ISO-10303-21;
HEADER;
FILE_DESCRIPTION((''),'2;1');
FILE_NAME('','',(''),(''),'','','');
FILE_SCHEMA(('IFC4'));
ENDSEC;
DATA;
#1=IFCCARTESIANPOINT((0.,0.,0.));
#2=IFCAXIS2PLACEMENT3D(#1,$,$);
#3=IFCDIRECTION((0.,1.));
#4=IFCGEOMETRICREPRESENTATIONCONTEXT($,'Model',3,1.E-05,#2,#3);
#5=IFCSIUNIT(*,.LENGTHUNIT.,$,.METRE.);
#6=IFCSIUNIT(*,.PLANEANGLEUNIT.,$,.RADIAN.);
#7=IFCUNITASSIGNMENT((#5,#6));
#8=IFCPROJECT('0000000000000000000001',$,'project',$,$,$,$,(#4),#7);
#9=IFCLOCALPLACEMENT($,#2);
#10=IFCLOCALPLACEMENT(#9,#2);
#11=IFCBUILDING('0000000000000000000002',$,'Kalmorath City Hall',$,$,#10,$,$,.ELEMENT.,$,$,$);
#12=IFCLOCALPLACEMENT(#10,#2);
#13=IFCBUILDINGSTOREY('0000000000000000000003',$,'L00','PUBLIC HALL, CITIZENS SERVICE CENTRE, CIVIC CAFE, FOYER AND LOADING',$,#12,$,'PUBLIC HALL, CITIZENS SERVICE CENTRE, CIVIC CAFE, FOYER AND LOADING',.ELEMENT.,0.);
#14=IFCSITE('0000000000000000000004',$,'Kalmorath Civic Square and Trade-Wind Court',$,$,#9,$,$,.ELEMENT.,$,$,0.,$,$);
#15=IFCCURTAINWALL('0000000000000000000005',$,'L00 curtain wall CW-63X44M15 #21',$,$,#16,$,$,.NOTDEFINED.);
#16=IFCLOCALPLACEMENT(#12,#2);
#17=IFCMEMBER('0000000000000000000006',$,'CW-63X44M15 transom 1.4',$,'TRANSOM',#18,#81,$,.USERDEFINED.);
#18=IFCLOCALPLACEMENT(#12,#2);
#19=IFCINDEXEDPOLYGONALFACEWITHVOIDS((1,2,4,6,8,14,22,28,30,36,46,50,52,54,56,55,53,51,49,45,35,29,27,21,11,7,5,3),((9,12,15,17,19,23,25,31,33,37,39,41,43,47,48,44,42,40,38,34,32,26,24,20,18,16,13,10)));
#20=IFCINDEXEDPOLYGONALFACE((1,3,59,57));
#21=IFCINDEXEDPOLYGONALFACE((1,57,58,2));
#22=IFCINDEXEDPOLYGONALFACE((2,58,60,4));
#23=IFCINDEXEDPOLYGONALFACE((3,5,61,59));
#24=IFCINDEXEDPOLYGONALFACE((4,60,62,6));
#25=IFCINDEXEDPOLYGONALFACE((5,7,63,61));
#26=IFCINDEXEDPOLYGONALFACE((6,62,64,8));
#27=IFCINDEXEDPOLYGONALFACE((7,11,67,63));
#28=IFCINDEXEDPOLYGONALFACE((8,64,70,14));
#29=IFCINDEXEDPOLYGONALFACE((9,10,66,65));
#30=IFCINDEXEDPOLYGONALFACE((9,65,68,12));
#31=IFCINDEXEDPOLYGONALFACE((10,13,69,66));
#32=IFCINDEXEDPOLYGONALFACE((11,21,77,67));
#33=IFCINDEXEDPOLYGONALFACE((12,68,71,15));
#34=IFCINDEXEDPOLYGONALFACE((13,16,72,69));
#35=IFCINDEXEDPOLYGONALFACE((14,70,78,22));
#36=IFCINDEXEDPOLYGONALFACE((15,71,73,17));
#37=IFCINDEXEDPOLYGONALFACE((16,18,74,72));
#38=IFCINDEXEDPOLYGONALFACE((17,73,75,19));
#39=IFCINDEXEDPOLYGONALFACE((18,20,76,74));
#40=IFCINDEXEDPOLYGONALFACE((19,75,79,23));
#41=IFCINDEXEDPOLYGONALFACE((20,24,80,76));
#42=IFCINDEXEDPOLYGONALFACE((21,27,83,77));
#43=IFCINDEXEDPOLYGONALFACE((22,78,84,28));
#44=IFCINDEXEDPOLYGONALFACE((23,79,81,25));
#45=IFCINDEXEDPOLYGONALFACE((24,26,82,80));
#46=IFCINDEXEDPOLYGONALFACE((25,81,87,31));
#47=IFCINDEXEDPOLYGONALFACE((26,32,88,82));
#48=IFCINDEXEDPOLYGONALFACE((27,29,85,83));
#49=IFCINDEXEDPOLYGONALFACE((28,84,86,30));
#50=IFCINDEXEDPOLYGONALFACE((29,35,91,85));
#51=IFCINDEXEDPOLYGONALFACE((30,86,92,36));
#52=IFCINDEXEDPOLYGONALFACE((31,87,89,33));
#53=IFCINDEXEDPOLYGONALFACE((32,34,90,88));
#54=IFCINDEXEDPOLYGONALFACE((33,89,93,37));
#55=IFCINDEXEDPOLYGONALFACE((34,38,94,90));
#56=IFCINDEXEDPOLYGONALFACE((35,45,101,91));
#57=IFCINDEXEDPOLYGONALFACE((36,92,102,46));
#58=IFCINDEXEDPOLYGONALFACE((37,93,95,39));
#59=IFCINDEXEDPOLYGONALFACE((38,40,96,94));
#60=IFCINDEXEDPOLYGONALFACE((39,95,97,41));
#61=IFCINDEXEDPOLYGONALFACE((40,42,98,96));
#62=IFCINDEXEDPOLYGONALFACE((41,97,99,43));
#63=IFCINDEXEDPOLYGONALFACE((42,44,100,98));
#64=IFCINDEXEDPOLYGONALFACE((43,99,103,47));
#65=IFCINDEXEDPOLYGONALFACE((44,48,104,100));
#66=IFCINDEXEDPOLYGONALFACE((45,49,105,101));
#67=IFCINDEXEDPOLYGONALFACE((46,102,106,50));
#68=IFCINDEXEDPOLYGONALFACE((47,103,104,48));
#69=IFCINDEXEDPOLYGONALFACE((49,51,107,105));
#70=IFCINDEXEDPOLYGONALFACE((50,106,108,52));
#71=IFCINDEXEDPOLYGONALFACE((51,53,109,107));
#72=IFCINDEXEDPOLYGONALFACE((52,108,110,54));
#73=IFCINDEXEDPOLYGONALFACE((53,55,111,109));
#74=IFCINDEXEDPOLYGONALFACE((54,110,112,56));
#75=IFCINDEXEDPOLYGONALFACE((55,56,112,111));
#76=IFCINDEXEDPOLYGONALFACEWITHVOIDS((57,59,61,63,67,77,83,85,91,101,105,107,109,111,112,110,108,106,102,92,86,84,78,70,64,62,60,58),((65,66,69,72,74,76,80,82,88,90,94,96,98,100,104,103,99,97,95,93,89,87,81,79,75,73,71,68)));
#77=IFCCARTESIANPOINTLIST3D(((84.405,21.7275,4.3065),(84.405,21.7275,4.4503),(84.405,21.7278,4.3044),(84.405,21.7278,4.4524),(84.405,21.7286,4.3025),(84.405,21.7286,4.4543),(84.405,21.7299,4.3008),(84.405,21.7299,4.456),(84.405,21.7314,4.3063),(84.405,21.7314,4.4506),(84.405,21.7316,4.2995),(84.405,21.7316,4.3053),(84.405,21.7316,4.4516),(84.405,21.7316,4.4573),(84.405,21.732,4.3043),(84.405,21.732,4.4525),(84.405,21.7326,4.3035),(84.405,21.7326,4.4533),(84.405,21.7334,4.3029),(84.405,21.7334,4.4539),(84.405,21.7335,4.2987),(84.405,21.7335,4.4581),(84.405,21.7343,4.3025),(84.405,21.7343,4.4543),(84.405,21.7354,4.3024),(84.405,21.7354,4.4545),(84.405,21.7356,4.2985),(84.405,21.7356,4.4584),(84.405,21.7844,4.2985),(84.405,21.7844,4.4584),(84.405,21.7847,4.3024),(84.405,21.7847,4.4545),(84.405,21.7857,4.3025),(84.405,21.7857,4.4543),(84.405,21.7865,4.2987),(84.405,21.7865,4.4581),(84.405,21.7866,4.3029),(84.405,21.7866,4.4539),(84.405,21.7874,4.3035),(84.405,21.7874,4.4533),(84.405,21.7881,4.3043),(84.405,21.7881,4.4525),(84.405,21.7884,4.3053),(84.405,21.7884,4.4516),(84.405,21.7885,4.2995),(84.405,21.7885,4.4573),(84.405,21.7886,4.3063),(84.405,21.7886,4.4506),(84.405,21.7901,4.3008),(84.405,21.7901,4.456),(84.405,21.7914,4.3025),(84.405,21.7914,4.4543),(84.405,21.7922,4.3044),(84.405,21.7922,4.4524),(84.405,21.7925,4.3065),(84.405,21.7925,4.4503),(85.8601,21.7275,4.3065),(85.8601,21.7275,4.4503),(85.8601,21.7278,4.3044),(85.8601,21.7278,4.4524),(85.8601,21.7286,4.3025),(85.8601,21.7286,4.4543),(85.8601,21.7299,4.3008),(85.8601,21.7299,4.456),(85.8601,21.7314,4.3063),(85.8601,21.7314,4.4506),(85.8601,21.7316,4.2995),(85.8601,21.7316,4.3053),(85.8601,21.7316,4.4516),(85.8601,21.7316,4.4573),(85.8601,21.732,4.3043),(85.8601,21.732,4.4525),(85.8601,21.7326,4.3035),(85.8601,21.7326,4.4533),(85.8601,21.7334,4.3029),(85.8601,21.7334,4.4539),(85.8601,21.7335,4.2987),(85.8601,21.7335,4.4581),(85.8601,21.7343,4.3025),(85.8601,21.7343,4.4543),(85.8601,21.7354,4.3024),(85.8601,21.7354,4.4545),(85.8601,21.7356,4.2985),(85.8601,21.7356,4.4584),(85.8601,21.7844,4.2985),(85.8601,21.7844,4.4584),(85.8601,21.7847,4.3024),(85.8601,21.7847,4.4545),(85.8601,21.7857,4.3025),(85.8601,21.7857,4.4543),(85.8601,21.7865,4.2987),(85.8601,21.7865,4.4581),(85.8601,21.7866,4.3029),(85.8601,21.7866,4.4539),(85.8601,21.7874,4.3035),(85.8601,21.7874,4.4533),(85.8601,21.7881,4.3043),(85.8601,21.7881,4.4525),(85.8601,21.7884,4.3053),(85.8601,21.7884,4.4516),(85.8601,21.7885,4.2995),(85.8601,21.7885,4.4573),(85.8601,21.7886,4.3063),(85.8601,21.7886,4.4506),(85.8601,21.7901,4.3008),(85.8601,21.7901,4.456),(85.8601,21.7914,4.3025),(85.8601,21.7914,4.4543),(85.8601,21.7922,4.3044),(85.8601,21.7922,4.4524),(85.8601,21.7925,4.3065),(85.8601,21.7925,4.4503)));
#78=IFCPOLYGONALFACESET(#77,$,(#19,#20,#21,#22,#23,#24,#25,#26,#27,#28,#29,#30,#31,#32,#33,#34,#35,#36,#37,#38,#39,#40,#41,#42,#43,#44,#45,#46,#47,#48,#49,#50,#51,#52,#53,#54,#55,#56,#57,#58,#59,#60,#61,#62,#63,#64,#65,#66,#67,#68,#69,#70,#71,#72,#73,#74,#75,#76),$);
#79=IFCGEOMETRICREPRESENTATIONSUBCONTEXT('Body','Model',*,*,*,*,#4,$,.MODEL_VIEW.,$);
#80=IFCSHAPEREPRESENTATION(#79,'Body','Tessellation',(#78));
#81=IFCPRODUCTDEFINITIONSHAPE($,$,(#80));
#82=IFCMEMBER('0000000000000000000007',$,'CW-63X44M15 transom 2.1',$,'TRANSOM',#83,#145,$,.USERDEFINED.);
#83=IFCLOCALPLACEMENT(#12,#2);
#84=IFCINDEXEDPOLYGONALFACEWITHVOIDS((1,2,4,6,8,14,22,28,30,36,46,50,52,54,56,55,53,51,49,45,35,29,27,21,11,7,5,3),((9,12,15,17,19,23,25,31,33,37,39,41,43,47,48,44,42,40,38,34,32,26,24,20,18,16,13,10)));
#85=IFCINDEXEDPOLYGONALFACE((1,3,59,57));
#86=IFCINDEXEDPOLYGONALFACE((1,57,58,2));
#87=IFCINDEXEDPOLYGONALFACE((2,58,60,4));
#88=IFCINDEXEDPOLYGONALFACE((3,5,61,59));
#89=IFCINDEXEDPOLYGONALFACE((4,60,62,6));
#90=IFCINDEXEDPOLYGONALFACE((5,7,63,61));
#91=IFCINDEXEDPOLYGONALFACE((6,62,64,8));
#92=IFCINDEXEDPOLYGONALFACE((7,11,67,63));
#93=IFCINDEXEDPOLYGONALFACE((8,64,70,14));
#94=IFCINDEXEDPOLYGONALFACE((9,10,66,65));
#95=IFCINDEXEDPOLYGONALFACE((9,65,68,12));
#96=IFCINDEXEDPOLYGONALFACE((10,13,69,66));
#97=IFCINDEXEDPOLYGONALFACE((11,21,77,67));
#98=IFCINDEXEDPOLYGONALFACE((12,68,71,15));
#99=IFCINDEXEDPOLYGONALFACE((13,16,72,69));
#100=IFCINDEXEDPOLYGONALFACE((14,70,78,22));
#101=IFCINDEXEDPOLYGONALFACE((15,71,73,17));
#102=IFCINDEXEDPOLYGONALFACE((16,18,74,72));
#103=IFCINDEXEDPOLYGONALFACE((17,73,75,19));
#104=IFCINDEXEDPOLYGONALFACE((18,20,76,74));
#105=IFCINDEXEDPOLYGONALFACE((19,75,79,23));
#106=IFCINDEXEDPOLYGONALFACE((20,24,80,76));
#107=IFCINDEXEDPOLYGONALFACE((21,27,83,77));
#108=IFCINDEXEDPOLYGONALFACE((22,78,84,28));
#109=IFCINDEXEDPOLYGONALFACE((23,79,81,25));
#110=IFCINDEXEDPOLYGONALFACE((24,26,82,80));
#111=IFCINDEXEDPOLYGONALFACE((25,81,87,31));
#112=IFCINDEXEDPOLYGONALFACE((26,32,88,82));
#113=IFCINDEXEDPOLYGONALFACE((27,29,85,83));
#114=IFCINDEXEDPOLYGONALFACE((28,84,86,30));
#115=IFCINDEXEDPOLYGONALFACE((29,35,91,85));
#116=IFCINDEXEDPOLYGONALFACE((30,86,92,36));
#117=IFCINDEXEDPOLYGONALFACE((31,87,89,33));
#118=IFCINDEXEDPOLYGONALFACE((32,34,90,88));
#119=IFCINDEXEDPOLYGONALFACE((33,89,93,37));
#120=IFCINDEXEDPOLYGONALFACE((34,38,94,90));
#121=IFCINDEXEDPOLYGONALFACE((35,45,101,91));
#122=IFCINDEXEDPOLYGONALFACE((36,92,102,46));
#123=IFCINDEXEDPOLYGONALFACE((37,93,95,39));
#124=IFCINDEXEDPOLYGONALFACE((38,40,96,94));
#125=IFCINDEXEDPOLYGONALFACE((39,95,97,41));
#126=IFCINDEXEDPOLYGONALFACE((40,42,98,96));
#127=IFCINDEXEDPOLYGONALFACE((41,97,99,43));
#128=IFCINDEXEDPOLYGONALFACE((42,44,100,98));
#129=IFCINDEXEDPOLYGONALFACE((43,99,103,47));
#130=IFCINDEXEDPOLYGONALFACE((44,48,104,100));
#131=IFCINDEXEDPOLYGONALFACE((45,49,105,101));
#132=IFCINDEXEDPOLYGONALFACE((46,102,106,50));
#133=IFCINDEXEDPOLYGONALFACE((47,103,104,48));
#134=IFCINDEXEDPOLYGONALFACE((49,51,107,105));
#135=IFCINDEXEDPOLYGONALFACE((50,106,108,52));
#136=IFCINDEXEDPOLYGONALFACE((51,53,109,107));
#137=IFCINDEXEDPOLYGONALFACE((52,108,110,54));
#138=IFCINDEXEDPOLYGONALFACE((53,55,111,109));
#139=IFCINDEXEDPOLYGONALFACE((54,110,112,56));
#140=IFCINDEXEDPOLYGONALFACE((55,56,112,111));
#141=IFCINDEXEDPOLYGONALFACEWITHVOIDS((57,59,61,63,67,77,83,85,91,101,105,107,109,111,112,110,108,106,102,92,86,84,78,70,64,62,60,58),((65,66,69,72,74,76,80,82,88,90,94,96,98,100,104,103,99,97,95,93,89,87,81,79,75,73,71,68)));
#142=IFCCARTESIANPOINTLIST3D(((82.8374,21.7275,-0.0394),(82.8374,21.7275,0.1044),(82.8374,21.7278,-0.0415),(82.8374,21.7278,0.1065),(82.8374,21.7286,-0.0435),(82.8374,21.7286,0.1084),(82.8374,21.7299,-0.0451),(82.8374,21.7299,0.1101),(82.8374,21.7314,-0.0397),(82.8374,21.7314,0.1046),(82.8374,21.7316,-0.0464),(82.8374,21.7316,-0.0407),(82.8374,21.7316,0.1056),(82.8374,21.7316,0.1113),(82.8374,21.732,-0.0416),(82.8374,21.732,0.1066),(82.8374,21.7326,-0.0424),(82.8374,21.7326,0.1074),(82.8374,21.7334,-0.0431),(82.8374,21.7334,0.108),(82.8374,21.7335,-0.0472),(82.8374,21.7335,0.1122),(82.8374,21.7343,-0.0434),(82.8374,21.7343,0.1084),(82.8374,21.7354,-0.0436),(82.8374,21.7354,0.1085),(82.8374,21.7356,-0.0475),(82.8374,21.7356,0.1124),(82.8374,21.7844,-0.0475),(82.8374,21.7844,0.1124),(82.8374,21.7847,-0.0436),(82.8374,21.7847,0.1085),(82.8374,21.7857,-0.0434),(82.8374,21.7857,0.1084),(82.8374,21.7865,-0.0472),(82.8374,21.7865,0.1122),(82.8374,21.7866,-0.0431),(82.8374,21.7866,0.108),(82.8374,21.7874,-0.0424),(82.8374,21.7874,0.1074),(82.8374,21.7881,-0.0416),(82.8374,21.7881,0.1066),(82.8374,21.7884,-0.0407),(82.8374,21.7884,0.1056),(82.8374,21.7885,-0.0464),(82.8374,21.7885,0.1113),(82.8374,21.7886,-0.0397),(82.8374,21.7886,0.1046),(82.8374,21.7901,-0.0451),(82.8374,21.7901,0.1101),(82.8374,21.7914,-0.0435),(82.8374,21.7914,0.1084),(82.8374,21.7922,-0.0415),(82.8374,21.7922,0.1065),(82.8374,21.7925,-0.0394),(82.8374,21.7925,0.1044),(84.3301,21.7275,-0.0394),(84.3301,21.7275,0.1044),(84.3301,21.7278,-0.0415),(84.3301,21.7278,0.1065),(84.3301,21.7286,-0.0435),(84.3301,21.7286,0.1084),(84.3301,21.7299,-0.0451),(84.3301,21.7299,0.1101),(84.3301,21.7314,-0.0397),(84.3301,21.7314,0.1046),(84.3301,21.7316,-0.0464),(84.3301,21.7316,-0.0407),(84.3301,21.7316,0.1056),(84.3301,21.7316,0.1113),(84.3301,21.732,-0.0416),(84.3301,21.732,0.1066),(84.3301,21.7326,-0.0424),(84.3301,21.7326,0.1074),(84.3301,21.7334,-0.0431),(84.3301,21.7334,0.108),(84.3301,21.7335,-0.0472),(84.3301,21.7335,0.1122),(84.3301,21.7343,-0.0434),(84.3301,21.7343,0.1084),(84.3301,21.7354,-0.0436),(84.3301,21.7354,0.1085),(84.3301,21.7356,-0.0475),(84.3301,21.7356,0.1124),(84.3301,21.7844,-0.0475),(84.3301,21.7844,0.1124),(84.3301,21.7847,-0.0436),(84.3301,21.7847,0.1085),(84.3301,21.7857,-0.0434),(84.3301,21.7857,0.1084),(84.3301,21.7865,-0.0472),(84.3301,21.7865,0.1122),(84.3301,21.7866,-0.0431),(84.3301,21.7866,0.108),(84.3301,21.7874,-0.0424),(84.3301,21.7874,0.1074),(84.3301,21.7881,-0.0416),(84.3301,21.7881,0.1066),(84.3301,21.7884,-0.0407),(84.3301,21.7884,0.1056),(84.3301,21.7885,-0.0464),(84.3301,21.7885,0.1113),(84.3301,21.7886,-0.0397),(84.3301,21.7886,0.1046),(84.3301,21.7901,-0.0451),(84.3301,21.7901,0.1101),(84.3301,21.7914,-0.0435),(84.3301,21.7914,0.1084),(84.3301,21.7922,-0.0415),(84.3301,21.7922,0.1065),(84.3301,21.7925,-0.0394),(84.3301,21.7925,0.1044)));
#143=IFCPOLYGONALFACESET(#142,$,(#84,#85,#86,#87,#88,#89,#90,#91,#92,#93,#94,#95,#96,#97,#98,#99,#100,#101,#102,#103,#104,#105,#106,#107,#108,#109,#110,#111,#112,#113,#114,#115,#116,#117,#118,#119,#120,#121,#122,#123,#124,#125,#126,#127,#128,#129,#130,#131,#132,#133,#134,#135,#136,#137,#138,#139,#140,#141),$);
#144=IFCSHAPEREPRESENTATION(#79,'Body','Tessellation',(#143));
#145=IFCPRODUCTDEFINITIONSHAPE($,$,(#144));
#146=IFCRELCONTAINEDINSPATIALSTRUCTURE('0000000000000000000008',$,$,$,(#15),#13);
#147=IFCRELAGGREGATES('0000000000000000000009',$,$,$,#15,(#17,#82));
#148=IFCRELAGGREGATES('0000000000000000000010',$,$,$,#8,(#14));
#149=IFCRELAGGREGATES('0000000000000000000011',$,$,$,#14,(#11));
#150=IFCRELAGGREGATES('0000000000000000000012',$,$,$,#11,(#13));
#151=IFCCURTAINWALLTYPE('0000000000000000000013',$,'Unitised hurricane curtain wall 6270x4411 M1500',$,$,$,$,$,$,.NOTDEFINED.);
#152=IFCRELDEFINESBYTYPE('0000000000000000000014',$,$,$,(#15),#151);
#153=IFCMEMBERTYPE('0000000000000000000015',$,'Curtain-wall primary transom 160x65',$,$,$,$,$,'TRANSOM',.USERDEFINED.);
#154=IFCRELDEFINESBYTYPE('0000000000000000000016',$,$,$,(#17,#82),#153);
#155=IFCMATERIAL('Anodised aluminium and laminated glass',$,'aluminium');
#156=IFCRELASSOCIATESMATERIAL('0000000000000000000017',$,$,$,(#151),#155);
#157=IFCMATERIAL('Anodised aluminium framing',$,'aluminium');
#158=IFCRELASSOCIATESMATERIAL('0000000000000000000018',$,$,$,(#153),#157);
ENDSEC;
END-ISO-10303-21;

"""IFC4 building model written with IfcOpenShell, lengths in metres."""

from ifc_helpers import new_model, si_unit, direction, frame, origin, origin_2d, place, context, subcontext, project, spatial, hollow_rectangle, extrude, material, material_profile, profile_set, type_object, element, aggregate, save


model = new_model("IFC4")

# Units and contexts
model_context = context("Model", 3, precision=1e-05, world=origin(), true_north=direction((0.0, 1.0)))
body_context = subcontext(model_context, "Body", "Model", "MODEL_VIEW")
ifc_project = project(units=[si_unit("LENGTHUNIT", "METRE"), si_unit("PLANEANGLEUNIT", "RADIAN")], contexts=[model_context])

# Site, building, storey
site_placement = place(None, origin())
site = spatial("IfcSite", under=ifc_project, at=site_placement, Name="Kalmorath Civic Square and Trade-Wind Court", CompositionType="ELEMENT", RefElevation=0.0)
building_placement = place(site_placement, origin())
building = spatial("IfcBuilding", under=site, at=building_placement, Name="Kalmorath City Hall", CompositionType="ELEMENT")
storey_placement = place(building_placement, origin())
storey = spatial("IfcBuildingStorey", under=building, at=storey_placement, Name="L00", Description="PUBLIC HALL, CITIZENS SERVICE CENTRE, CIVIC CAFE, FOYER AND LOADING", LongName="PUBLIC HALL, CITIZENS SERVICE CENTRE, CIVIC CAFE, FOYER AND LOADING", CompositionType="ELEMENT", Elevation=0.0)

# Curtain wall, members
ifc_material_1 = material(Name="Anodised aluminium and laminated glass", Category="aluminium")
curtain_wall_type = type_object("IfcCurtainWallType", Name="Unitised hurricane curtain wall 6270x4411 M1500", PredefinedType="NOTDEFINED", material=ifc_material_1)
curtain_wall_placement = place(storey_placement, origin())
curtain_wall = element("IfcCurtainWall", 1, at=curtain_wall_placement, inside=storey, type_object=curtain_wall_type, Name="L00 curtain wall CW-63X44M15 #21", PredefinedType="NOTDEFINED")
ifc_material_2 = material(Name="Anodised aluminium framing", Category="aluminium")
ifc_material_profile_1 = material_profile(ifc_material_2, hollow_rectangle(XDim=0.0649, YDim=0.1599, WallThickness=0.0039, InnerFilletRadius=0.0039, OuterFilletRadius=0.0081, at=origin_2d()), Name="ALU-TRN-160X65X4")
ifc_profile_set_1 = profile_set([ifc_material_profile_1], Name="Anodised aluminium framing")
member_type_1 = type_object("IfcMemberType", Name="Curtain-wall primary transom 160x65", ElementType="TRANSOM", PredefinedType="USERDEFINED", material=ifc_profile_set_1)
member_1_placement = place(storey_placement, frame((85.8601, 21.76, 4.3784), z_axis=(-1.0, 0.0, 0.0), x_axis=(0.0, -1.0, 0.0)))
member_1 = element("IfcMember", 2, at=member_1_placement, type_object=member_type_1, Name="CW-63X44M15 transom 1.4", ObjectType="TRANSOM", PredefinedType="USERDEFINED", context=body_context, shape_type="SweptSolid", body=[
    extrude(hollow_rectangle(XDim=0.0649, YDim=0.1599, WallThickness=0.0039, InnerFilletRadius=0.0039, OuterFilletRadius=0.0081, at=origin_2d()), origin(), (0.0, 0.0, 1.0), 1.4551),
])
member_2_placement = place(storey_placement, frame((84.3301, 21.76, 0.0325), z_axis=(-1.0, 0.0, 0.0), x_axis=(0.0, -1.0, 0.0)))
member_2 = element("IfcMember", 3, at=member_2_placement, type_object=member_type_1, Name="CW-63X44M15 transom 2.1", ObjectType="TRANSOM", PredefinedType="USERDEFINED", context=body_context, shape_type="SweptSolid", body=[
    extrude(hollow_rectangle(XDim=0.0649, YDim=0.1599, WallThickness=0.0039, InnerFilletRadius=0.0039, OuterFilletRadius=0.0081, at=origin_2d()), origin(), (0.0, 0.0, 1.0), 1.4927),
])

aggregate(curtain_wall, [member_1, member_2])

save(model, "model.ifc")
